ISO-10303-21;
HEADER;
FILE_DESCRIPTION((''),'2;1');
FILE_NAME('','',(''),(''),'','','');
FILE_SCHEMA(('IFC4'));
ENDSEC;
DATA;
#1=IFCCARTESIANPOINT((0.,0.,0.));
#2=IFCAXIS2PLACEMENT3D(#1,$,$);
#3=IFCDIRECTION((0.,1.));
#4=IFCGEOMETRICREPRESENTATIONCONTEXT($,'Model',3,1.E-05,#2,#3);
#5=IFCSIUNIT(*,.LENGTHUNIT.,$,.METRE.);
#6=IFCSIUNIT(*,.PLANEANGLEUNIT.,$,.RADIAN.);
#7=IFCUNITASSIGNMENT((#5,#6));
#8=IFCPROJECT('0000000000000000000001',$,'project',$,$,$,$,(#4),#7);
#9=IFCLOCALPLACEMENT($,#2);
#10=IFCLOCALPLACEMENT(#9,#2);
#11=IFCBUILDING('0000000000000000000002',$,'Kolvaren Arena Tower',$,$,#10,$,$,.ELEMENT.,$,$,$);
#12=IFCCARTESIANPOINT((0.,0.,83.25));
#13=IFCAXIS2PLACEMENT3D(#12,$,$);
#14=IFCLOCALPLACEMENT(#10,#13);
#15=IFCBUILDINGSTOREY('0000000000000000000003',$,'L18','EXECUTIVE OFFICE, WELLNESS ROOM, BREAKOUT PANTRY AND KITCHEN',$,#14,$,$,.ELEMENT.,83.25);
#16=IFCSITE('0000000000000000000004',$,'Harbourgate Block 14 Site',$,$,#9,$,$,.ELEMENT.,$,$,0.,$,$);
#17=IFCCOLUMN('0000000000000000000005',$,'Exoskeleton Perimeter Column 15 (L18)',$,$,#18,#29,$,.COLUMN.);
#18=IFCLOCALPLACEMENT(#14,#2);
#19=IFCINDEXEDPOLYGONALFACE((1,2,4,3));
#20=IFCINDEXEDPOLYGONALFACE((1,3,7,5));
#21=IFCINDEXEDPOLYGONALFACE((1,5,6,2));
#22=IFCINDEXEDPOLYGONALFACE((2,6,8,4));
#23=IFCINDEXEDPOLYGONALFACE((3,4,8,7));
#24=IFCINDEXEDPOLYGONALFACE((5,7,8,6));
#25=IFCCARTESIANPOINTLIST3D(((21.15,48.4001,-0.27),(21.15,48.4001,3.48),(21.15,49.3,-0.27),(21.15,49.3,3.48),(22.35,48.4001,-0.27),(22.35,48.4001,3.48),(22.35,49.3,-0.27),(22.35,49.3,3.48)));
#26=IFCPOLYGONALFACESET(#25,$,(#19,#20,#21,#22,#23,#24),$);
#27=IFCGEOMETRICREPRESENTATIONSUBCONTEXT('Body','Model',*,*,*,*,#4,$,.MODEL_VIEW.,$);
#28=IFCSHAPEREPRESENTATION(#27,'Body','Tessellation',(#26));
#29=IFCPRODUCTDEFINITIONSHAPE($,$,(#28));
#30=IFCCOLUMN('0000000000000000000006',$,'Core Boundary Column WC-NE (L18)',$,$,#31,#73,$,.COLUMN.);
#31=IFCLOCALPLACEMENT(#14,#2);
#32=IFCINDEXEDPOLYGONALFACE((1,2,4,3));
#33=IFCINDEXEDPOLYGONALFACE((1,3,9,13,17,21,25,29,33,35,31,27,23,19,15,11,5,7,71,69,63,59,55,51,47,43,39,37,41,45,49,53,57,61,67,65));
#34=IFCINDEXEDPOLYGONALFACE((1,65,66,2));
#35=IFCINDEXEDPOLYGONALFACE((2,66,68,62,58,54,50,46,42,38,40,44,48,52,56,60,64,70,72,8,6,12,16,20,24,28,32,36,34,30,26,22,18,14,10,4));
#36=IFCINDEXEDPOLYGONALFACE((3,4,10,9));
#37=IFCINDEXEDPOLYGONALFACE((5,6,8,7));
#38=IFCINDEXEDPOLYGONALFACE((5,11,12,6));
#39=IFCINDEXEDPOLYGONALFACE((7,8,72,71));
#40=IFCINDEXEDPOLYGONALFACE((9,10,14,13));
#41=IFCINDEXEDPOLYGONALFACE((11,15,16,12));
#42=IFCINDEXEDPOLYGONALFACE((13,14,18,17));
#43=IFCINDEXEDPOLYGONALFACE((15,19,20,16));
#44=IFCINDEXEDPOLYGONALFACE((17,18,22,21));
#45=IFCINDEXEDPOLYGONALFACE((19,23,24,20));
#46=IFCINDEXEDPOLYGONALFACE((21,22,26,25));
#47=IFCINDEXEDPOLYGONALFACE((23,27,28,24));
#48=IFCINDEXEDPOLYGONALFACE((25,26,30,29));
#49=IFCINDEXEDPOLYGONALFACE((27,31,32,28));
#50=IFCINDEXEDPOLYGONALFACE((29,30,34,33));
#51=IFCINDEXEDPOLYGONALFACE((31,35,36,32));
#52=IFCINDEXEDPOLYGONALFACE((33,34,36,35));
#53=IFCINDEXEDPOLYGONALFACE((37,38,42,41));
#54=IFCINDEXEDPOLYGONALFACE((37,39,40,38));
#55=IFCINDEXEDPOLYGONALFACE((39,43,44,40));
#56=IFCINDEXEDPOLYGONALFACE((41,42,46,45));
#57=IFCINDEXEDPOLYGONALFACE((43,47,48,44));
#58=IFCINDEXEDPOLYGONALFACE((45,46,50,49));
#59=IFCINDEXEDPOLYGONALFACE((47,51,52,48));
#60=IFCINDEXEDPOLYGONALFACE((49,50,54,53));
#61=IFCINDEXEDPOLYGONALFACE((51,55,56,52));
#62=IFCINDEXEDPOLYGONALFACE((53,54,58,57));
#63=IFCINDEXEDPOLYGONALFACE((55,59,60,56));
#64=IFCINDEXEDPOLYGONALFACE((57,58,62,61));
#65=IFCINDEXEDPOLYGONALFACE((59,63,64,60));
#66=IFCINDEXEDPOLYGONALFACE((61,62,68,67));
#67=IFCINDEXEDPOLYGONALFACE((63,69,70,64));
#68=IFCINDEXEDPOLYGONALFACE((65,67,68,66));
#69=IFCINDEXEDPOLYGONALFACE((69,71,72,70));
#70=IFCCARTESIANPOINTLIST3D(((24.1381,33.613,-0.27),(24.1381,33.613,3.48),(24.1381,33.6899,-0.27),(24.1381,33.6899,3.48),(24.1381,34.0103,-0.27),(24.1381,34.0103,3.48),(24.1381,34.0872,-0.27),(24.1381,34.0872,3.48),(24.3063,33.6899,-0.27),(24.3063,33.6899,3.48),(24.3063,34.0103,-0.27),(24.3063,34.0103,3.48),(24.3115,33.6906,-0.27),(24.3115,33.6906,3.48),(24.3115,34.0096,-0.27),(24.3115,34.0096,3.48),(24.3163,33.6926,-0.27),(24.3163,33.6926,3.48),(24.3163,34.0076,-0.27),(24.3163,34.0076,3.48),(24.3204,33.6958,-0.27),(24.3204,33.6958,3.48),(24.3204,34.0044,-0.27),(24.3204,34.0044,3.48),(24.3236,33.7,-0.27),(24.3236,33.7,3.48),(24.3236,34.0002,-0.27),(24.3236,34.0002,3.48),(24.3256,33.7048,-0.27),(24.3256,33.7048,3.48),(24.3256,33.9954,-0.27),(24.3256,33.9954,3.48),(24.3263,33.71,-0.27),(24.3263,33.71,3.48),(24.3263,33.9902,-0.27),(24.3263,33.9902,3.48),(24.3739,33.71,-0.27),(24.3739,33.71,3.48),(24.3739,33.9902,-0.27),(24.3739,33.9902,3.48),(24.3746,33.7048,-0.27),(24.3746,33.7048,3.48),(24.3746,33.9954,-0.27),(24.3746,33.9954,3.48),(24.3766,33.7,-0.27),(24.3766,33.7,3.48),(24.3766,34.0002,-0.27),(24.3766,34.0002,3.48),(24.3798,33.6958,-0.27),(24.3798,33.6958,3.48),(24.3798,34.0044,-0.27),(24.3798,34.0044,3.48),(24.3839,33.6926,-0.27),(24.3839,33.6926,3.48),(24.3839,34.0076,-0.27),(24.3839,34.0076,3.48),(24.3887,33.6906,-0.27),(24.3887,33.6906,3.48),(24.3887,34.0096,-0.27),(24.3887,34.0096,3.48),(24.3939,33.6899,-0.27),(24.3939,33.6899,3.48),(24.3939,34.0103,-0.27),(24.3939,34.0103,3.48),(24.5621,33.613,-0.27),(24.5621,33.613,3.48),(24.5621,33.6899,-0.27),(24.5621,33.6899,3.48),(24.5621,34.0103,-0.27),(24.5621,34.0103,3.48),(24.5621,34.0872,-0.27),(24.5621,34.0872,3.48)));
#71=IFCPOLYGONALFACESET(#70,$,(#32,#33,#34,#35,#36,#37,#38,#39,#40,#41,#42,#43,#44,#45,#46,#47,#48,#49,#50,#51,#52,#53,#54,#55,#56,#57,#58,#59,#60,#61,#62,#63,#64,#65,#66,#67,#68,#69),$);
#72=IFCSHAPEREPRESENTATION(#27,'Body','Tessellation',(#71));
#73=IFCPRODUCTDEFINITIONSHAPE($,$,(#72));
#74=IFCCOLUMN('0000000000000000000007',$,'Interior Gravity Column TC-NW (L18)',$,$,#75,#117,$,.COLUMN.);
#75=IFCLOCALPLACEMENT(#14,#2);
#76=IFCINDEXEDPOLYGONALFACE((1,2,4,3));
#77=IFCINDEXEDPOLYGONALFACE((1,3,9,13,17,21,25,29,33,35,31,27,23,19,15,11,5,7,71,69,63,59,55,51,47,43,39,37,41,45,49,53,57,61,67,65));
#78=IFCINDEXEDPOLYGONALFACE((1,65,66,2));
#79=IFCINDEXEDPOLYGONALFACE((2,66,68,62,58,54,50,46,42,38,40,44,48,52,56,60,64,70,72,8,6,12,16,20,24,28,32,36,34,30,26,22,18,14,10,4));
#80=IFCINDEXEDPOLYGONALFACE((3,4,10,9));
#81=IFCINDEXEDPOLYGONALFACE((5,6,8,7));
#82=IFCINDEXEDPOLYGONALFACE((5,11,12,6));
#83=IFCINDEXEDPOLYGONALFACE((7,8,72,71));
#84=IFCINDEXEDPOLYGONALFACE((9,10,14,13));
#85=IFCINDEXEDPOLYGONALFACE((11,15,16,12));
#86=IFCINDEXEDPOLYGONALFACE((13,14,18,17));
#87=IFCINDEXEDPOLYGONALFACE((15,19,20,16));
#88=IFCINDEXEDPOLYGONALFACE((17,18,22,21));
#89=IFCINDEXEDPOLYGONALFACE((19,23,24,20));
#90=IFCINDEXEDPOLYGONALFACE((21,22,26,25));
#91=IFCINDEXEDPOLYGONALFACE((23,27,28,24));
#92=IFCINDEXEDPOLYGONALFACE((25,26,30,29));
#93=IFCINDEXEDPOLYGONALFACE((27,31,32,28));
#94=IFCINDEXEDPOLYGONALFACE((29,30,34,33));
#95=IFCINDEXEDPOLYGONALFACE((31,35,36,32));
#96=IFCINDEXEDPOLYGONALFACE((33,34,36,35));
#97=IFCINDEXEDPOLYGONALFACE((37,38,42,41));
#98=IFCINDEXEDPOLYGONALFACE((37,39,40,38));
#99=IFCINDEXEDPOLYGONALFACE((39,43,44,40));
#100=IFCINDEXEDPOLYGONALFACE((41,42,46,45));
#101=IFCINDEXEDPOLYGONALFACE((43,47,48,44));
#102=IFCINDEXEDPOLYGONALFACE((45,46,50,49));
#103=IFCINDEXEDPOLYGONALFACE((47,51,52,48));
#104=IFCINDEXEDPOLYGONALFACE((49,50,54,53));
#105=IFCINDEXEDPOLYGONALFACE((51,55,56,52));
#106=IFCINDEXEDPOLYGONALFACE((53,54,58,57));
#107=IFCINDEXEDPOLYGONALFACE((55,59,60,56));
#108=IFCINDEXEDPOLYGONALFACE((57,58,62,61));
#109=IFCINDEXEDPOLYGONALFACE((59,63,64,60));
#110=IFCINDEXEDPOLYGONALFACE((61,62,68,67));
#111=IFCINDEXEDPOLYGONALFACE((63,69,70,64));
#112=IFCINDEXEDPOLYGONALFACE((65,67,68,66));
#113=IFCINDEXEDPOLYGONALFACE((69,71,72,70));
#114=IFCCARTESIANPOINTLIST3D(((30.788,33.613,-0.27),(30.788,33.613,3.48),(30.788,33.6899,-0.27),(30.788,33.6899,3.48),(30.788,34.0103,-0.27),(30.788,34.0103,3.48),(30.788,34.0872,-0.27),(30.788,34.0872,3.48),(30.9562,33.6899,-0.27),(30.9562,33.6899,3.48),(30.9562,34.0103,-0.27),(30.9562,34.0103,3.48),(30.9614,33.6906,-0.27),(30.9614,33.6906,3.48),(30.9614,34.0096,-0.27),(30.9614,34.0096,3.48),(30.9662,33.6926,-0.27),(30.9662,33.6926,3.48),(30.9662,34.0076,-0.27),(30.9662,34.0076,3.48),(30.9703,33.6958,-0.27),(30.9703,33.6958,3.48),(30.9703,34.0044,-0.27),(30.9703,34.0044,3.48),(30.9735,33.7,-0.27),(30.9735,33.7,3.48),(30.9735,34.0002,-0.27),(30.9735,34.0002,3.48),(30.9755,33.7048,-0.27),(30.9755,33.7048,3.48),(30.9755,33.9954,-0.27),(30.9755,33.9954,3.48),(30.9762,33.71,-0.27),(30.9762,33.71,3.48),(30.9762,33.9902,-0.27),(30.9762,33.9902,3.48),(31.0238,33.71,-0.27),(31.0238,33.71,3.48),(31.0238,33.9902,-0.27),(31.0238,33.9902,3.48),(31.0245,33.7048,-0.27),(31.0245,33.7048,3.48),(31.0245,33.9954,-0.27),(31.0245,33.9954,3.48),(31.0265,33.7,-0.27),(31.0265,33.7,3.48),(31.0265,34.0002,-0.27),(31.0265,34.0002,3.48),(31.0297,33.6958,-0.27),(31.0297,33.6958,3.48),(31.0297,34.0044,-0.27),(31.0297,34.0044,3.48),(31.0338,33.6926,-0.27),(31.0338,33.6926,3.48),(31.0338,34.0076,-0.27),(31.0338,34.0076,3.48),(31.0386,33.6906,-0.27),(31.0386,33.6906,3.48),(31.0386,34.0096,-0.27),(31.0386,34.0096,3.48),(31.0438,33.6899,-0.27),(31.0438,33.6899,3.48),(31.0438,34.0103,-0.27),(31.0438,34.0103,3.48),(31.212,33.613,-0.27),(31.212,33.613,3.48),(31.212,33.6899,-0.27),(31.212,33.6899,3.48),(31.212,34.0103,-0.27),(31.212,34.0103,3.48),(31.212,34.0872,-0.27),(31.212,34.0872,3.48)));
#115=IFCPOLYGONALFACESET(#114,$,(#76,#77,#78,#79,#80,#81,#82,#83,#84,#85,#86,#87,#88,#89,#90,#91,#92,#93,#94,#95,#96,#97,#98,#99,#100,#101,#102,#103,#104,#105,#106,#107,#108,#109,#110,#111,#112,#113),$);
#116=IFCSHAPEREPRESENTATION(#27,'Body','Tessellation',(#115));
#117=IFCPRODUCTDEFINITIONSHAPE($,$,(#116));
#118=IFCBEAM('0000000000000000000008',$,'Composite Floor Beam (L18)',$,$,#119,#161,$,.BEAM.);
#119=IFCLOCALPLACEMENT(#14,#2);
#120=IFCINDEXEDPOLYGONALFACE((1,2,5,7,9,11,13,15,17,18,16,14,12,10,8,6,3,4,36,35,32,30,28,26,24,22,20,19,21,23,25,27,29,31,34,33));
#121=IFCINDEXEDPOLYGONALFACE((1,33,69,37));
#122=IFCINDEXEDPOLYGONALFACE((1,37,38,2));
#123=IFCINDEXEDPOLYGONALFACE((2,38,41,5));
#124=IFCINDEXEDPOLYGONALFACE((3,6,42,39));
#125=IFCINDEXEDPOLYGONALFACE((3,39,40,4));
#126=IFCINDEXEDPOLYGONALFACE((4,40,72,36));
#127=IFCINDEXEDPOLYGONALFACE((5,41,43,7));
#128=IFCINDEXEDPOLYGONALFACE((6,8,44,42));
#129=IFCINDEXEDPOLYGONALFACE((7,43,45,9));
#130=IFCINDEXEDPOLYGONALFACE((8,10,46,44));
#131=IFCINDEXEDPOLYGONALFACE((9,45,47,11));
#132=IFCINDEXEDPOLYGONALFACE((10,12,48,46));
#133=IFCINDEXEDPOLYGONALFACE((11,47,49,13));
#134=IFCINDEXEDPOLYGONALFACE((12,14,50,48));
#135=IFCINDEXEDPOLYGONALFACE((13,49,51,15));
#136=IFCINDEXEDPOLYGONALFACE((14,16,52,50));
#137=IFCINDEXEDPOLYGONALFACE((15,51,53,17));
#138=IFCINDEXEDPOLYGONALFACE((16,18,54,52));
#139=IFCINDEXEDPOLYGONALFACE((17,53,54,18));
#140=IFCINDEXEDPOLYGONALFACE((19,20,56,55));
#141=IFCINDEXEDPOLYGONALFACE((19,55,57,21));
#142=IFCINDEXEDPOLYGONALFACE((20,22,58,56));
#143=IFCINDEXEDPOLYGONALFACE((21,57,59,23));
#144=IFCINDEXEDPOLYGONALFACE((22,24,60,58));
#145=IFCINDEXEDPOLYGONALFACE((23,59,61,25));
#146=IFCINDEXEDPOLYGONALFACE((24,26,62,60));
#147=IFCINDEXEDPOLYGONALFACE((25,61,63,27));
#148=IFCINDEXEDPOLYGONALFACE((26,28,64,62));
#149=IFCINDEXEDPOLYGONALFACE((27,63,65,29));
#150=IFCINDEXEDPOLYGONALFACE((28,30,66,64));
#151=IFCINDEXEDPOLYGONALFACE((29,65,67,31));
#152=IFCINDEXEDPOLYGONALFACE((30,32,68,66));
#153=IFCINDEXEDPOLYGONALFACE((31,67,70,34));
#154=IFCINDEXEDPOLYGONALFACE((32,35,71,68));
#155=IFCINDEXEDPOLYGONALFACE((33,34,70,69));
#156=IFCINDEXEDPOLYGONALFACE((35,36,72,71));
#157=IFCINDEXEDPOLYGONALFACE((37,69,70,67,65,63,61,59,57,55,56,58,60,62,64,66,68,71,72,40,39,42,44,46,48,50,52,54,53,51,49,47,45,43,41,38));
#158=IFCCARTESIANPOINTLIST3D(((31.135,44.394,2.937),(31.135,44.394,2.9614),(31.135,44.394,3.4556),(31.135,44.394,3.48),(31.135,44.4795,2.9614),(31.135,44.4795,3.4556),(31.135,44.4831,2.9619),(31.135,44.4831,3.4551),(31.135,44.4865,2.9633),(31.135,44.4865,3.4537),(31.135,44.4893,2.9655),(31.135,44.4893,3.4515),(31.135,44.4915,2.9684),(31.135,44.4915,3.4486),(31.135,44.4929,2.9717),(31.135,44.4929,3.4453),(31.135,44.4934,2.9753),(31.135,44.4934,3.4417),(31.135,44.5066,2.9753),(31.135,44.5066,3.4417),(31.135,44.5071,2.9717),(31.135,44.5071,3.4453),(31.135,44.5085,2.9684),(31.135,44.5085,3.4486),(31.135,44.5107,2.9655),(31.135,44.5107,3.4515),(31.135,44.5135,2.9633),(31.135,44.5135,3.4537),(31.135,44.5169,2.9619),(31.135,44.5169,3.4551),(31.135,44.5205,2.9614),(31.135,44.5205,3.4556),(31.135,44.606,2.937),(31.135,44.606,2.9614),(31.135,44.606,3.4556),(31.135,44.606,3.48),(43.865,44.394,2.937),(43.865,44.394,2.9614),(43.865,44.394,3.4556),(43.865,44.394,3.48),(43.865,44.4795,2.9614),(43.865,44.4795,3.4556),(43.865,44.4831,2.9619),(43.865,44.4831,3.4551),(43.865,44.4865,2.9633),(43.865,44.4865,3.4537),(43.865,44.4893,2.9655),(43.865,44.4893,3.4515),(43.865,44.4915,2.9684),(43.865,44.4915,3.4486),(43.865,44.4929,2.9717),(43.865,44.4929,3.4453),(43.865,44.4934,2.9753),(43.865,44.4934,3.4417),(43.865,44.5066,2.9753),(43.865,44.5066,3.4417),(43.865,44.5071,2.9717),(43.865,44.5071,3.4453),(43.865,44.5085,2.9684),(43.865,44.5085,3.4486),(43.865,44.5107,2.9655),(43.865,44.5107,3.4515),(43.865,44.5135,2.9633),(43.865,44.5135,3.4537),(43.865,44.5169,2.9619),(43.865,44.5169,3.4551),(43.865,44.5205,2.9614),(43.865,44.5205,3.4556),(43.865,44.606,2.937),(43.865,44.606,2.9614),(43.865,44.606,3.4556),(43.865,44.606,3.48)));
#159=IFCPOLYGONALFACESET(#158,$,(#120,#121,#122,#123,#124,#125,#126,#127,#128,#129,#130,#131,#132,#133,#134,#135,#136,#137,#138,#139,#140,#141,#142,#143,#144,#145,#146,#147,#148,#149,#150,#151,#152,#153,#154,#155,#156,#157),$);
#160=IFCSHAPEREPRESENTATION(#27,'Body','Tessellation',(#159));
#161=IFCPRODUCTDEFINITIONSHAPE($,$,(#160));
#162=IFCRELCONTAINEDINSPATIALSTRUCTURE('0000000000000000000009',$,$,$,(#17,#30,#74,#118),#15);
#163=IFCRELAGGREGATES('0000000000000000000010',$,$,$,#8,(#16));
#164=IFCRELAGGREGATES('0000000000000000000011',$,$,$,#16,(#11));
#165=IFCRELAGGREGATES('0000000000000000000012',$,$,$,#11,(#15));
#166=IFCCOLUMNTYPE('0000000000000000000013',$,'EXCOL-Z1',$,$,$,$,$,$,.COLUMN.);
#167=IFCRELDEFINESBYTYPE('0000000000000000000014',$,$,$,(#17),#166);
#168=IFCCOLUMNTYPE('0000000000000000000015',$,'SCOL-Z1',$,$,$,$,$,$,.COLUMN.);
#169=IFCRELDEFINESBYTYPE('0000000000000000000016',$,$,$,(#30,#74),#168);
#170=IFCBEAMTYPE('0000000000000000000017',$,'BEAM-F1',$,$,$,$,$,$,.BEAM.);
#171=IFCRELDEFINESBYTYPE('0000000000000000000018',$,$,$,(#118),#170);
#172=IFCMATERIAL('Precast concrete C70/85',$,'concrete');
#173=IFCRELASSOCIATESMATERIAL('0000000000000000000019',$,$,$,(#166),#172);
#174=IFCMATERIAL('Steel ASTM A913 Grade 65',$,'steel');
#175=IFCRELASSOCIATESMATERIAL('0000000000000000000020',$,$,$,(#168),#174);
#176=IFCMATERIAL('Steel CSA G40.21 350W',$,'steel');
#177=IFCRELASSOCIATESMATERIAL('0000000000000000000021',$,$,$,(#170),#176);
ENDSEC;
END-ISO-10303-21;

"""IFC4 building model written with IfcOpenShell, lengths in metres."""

from ifc_helpers import new_model, si_unit, direction, frame, origin, origin_2d, place, context, subcontext, project, spatial, rectangle, i_section, extrude, material, material_profile, profile_set, type_object, element, save


model = new_model("IFC4")

# Units and contexts
model_context = context("Model", 3, precision=1e-05, world=origin(), true_north=direction((0.0, 1.0)))
body_context = subcontext(model_context, "Body", "Model", "MODEL_VIEW")
ifc_project = project(units=[si_unit("LENGTHUNIT", "METRE"), si_unit("PLANEANGLEUNIT", "RADIAN")], contexts=[model_context])

# Site, building, storey
site_placement = place(None, origin())
site = spatial("IfcSite", under=ifc_project, at=site_placement, Name="Harbourgate Block 14 Site", CompositionType="ELEMENT", RefElevation=0.0)
building_placement = place(site_placement, origin())
building = spatial("IfcBuilding", under=site, at=building_placement, Name="Kolvaren Arena Tower", CompositionType="ELEMENT")
storey_placement = place(building_placement, frame((0.0, 0.0, 83.25)))
storey = spatial("IfcBuildingStorey", under=building, at=storey_placement, Name="L18", Description="EXECUTIVE OFFICE, WELLNESS ROOM, BREAKOUT PANTRY AND KITCHEN", CompositionType="ELEMENT", Elevation=83.25)

# Columns
ifc_material_1 = material(Name="Precast concrete C70/85", Category="concrete")
ifc_material_profile_1 = material_profile(ifc_material_1, rectangle(XDim=1.2, YDim=0.8999, at=origin_2d()), Name="RC-1200x900")
ifc_profile_set_1 = profile_set([ifc_material_profile_1], Name="Precast concrete C70/85")
column_type_1 = type_object("IfcColumnType", Name="EXCOL-Z1", PredefinedType="COLUMN", material=ifc_profile_set_1)
column_placement = place(storey_placement, frame((21.75, 48.8501, -0.27), z_axis=(0.0, 0.0, 1.0), x_axis=(1.0, 0.0, 0.0)))
element("IfcColumn", 1, at=column_placement, inside=storey, type_object=column_type_1, Name="Exoskeleton Perimeter Column 15 (L18)", PredefinedType="COLUMN", context=body_context, shape_type="SweptSolid", body=[
    extrude(rectangle(XDim=1.2, YDim=0.8999, at=origin_2d()), origin(), (0.0, 0.0, 1.0), 3.75),
])
ifc_material_2 = material(Name="Steel ASTM A913 Grade 65", Category="steel")
ifc_material_profile_2 = material_profile(ifc_material_2, i_section(OverallWidth=0.4241, OverallDepth=0.4741, WebThickness=0.0476, FlangeThickness=0.0769, FilletRadius=0.02, at=origin_2d()), Name="W360x634")
ifc_profile_set_2 = profile_set([ifc_material_profile_2], Name="Steel ASTM A913 Grade 65")
column_type_2 = type_object("IfcColumnType", Name="SCOL-Z1", PredefinedType="COLUMN", material=ifc_profile_set_2)
for number, where, z_axis, x_axis, name in (
    (2, (24.3501, 33.8501, -0.27), (0.0, 0.0, 1.0), (1.0, 0.0, 0.0), "Core Boundary Column WC-NE (L18)"),
    (3, (31.0, 33.8501, -0.27), (0.0, 0.0, 1.0), (1.0, 0.0, 0.0), "Interior Gravity Column TC-NW (L18)"),
):
    element("IfcColumn", number, at=place(storey_placement, frame(where, z_axis=z_axis, x_axis=x_axis)), inside=storey, type_object=column_type_2, Name=name, PredefinedType="COLUMN", context=body_context, shape_type="SweptSolid", body=[
        extrude(i_section(OverallWidth=0.4241, OverallDepth=0.4741, WebThickness=0.0476, FlangeThickness=0.0769, FilletRadius=0.02, at=origin_2d()), origin(), (0.0, 0.0, 1.0), 3.75),
    ])

# Beam
ifc_material_3 = material(Name="Steel CSA G40.21 350W", Category="steel")
ifc_material_profile_3 = material_profile(ifc_material_3, i_section(OverallWidth=0.2119, OverallDepth=0.543, WebThickness=0.0132, FlangeThickness=0.0244, FilletRadius=0.0139, at=origin_2d()), Name="W530x150")
ifc_profile_set_3 = profile_set([ifc_material_profile_3], Name="Steel CSA G40.21 350W")
beam_type_1 = type_object("IfcBeamType", Name="BEAM-F1", PredefinedType="BEAM", material=ifc_profile_set_3)
beam_1_placement = place(storey_placement, frame((31.135, 44.5, 3.2085), z_axis=(1.0, 0.0, 0.0), x_axis=(0.0, 1.0, 0.0)))
element("IfcBeam", 4, at=beam_1_placement, inside=storey, type_object=beam_type_1, Name="Composite Floor Beam (L18)", PredefinedType="BEAM", context=body_context, shape_type="SweptSolid", body=[
    extrude(i_section(OverallWidth=0.2119, OverallDepth=0.543, WebThickness=0.0132, FlangeThickness=0.0244, FilletRadius=0.0139, at=origin_2d()), origin(), (0.0, 0.0, 1.0), 12.73),
])

save(model, "model.ifc")
